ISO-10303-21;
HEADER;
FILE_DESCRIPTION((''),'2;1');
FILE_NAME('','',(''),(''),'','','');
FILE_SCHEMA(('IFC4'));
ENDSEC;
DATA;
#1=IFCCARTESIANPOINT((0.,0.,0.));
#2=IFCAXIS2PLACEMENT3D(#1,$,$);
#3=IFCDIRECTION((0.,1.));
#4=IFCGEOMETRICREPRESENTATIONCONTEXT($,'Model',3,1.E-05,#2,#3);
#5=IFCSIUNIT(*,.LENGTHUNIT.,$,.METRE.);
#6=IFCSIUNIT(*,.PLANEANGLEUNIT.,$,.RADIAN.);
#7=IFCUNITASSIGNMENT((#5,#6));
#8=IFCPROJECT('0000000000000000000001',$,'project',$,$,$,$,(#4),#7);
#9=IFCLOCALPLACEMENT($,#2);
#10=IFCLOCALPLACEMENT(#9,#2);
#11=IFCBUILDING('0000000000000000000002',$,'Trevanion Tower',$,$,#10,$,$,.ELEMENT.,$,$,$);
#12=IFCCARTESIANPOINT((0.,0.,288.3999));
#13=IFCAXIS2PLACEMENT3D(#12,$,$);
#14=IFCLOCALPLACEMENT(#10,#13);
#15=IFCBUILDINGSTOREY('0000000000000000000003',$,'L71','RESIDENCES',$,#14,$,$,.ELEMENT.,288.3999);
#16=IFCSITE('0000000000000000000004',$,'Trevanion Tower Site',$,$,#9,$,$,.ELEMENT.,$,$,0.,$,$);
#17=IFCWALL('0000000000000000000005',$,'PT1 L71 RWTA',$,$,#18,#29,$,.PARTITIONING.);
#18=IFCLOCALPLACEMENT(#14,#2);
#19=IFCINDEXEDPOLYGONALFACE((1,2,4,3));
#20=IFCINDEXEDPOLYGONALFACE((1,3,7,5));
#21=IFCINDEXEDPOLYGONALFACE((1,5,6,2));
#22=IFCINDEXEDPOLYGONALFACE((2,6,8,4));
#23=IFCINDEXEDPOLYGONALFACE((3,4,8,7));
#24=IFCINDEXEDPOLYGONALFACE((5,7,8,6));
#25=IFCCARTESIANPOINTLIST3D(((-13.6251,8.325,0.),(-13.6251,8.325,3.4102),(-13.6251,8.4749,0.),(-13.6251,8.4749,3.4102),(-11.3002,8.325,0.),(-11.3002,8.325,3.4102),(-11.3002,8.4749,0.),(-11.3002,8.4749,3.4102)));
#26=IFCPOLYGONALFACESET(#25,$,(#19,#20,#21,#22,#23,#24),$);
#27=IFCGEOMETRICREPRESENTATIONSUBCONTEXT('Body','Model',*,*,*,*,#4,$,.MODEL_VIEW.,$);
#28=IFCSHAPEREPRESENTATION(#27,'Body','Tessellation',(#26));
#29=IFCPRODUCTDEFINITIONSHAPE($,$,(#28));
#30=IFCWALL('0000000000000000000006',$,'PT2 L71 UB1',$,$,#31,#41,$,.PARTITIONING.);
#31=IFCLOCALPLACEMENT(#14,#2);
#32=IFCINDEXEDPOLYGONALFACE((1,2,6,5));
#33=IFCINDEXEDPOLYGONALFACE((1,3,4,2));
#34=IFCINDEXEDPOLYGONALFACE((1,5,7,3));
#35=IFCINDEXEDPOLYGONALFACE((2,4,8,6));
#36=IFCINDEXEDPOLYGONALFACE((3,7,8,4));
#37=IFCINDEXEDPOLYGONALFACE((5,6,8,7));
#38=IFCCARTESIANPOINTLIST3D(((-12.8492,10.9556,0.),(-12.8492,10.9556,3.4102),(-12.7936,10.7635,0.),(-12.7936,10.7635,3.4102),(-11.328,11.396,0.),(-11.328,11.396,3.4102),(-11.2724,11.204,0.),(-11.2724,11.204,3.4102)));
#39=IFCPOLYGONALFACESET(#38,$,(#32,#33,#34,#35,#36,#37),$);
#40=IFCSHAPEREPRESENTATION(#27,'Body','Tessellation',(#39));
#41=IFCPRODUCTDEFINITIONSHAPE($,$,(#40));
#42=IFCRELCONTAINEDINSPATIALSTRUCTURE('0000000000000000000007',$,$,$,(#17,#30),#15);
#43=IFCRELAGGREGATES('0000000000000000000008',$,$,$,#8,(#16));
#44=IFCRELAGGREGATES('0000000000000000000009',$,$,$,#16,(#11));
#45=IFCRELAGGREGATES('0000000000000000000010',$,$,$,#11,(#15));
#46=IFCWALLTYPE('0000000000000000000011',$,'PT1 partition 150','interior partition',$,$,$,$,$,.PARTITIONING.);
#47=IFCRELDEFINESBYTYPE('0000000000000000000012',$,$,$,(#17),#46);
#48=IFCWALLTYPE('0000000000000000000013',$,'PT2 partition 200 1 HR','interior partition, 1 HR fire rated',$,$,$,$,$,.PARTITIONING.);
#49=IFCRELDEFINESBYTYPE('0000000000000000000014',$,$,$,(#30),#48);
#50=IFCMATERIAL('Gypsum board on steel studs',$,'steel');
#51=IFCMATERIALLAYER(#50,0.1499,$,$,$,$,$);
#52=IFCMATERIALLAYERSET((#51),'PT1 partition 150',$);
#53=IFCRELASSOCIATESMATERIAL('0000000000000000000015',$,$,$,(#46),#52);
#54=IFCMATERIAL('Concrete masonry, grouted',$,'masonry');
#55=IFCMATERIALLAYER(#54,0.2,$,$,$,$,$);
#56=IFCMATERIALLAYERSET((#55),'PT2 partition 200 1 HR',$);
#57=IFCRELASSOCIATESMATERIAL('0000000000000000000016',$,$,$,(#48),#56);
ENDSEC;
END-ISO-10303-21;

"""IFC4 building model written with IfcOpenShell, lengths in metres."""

from ifc_helpers import new_model, si_unit, direction, frame, frame_2d, origin, place, context, subcontext, project, spatial, rectangle, extrude, material, layer, layer_set, type_object, element, save


model = new_model("IFC4")

# Units and contexts
model_context = context("Model", 3, precision=1e-05, world=origin(), true_north=direction((0.0, 1.0)))
body_context = subcontext(model_context, "Body", "Model", "MODEL_VIEW")
ifc_project = project(units=[si_unit("LENGTHUNIT", "METRE"), si_unit("PLANEANGLEUNIT", "RADIAN")], contexts=[model_context])

# Site, building, storey
site_placement = place(None, origin())
site = spatial("IfcSite", under=ifc_project, at=site_placement, Name="Trevanion Tower Site", CompositionType="ELEMENT", RefElevation=0.0)
building_placement = place(site_placement, origin())
building = spatial("IfcBuilding", under=site, at=building_placement, Name="Trevanion Tower", CompositionType="ELEMENT")
storey_placement = place(building_placement, frame((0.0, 0.0, 288.3999)))
storey = spatial("IfcBuildingStorey", under=building, at=storey_placement, Name="L71", Description="RESIDENCES", CompositionType="ELEMENT", Elevation=288.3999)

# Walls
ifc_material_1 = material(Name="Gypsum board on steel studs", Category="steel")
ifc_layer_1 = layer(ifc_material_1, 0.1499)
ifc_layer_set_1 = layer_set([ifc_layer_1], Name="PT1 partition 150")
wall_type_1 = type_object("IfcWallType", Name="PT1 partition 150", Description="interior partition", PredefinedType="PARTITIONING", material=ifc_layer_set_1)
wall_1_placement = place(storey_placement, frame((-11.3, 8.3999, 0.0), z_axis=(0.0, 0.0, 1.0), x_axis=(-1.0, 0.0, 0.0)))
element("IfcWall", 1, at=wall_1_placement, inside=storey, type_object=wall_type_1, Name="PT1 L71 RWTA", PredefinedType="PARTITIONING", context=body_context, shape_type="SweptSolid", body=[
    extrude(rectangle(XDim=2.325, YDim=0.1499, at=frame_2d((1.1626, 0.0))), origin(), (0.0, 0.0, 1.0), 3.4102),
])
ifc_material_2 = material(Name="Concrete masonry, grouted", Category="masonry")
ifc_layer_2 = layer(ifc_material_2, 0.2)
ifc_layer_set_2 = layer_set([ifc_layer_2], Name="PT2 partition 200 1 HR")
wall_type_2 = type_object("IfcWallType", Name="PT2 partition 200 1 HR", Description="interior partition, 1 HR fire rated", PredefinedType="PARTITIONING", material=ifc_layer_set_2)
wall_2_placement = place(storey_placement, frame((-11.3, 11.3, 0.0), z_axis=(0.0, 0.0, 1.0), x_axis=(-0.960552, -0.278099, 0.0)))
element("IfcWall", 2, at=wall_2_placement, inside=storey, type_object=wall_type_2, Name="PT2 L71 UB1", PredefinedType="PARTITIONING", context=body_context, shape_type="SweptSolid", body=[
    extrude(rectangle(XDim=1.5837, YDim=0.2, at=frame_2d((0.792, 0.0))), origin(), (0.0, 0.0, 1.0), 3.4102),
])

save(model, "model.ifc")
